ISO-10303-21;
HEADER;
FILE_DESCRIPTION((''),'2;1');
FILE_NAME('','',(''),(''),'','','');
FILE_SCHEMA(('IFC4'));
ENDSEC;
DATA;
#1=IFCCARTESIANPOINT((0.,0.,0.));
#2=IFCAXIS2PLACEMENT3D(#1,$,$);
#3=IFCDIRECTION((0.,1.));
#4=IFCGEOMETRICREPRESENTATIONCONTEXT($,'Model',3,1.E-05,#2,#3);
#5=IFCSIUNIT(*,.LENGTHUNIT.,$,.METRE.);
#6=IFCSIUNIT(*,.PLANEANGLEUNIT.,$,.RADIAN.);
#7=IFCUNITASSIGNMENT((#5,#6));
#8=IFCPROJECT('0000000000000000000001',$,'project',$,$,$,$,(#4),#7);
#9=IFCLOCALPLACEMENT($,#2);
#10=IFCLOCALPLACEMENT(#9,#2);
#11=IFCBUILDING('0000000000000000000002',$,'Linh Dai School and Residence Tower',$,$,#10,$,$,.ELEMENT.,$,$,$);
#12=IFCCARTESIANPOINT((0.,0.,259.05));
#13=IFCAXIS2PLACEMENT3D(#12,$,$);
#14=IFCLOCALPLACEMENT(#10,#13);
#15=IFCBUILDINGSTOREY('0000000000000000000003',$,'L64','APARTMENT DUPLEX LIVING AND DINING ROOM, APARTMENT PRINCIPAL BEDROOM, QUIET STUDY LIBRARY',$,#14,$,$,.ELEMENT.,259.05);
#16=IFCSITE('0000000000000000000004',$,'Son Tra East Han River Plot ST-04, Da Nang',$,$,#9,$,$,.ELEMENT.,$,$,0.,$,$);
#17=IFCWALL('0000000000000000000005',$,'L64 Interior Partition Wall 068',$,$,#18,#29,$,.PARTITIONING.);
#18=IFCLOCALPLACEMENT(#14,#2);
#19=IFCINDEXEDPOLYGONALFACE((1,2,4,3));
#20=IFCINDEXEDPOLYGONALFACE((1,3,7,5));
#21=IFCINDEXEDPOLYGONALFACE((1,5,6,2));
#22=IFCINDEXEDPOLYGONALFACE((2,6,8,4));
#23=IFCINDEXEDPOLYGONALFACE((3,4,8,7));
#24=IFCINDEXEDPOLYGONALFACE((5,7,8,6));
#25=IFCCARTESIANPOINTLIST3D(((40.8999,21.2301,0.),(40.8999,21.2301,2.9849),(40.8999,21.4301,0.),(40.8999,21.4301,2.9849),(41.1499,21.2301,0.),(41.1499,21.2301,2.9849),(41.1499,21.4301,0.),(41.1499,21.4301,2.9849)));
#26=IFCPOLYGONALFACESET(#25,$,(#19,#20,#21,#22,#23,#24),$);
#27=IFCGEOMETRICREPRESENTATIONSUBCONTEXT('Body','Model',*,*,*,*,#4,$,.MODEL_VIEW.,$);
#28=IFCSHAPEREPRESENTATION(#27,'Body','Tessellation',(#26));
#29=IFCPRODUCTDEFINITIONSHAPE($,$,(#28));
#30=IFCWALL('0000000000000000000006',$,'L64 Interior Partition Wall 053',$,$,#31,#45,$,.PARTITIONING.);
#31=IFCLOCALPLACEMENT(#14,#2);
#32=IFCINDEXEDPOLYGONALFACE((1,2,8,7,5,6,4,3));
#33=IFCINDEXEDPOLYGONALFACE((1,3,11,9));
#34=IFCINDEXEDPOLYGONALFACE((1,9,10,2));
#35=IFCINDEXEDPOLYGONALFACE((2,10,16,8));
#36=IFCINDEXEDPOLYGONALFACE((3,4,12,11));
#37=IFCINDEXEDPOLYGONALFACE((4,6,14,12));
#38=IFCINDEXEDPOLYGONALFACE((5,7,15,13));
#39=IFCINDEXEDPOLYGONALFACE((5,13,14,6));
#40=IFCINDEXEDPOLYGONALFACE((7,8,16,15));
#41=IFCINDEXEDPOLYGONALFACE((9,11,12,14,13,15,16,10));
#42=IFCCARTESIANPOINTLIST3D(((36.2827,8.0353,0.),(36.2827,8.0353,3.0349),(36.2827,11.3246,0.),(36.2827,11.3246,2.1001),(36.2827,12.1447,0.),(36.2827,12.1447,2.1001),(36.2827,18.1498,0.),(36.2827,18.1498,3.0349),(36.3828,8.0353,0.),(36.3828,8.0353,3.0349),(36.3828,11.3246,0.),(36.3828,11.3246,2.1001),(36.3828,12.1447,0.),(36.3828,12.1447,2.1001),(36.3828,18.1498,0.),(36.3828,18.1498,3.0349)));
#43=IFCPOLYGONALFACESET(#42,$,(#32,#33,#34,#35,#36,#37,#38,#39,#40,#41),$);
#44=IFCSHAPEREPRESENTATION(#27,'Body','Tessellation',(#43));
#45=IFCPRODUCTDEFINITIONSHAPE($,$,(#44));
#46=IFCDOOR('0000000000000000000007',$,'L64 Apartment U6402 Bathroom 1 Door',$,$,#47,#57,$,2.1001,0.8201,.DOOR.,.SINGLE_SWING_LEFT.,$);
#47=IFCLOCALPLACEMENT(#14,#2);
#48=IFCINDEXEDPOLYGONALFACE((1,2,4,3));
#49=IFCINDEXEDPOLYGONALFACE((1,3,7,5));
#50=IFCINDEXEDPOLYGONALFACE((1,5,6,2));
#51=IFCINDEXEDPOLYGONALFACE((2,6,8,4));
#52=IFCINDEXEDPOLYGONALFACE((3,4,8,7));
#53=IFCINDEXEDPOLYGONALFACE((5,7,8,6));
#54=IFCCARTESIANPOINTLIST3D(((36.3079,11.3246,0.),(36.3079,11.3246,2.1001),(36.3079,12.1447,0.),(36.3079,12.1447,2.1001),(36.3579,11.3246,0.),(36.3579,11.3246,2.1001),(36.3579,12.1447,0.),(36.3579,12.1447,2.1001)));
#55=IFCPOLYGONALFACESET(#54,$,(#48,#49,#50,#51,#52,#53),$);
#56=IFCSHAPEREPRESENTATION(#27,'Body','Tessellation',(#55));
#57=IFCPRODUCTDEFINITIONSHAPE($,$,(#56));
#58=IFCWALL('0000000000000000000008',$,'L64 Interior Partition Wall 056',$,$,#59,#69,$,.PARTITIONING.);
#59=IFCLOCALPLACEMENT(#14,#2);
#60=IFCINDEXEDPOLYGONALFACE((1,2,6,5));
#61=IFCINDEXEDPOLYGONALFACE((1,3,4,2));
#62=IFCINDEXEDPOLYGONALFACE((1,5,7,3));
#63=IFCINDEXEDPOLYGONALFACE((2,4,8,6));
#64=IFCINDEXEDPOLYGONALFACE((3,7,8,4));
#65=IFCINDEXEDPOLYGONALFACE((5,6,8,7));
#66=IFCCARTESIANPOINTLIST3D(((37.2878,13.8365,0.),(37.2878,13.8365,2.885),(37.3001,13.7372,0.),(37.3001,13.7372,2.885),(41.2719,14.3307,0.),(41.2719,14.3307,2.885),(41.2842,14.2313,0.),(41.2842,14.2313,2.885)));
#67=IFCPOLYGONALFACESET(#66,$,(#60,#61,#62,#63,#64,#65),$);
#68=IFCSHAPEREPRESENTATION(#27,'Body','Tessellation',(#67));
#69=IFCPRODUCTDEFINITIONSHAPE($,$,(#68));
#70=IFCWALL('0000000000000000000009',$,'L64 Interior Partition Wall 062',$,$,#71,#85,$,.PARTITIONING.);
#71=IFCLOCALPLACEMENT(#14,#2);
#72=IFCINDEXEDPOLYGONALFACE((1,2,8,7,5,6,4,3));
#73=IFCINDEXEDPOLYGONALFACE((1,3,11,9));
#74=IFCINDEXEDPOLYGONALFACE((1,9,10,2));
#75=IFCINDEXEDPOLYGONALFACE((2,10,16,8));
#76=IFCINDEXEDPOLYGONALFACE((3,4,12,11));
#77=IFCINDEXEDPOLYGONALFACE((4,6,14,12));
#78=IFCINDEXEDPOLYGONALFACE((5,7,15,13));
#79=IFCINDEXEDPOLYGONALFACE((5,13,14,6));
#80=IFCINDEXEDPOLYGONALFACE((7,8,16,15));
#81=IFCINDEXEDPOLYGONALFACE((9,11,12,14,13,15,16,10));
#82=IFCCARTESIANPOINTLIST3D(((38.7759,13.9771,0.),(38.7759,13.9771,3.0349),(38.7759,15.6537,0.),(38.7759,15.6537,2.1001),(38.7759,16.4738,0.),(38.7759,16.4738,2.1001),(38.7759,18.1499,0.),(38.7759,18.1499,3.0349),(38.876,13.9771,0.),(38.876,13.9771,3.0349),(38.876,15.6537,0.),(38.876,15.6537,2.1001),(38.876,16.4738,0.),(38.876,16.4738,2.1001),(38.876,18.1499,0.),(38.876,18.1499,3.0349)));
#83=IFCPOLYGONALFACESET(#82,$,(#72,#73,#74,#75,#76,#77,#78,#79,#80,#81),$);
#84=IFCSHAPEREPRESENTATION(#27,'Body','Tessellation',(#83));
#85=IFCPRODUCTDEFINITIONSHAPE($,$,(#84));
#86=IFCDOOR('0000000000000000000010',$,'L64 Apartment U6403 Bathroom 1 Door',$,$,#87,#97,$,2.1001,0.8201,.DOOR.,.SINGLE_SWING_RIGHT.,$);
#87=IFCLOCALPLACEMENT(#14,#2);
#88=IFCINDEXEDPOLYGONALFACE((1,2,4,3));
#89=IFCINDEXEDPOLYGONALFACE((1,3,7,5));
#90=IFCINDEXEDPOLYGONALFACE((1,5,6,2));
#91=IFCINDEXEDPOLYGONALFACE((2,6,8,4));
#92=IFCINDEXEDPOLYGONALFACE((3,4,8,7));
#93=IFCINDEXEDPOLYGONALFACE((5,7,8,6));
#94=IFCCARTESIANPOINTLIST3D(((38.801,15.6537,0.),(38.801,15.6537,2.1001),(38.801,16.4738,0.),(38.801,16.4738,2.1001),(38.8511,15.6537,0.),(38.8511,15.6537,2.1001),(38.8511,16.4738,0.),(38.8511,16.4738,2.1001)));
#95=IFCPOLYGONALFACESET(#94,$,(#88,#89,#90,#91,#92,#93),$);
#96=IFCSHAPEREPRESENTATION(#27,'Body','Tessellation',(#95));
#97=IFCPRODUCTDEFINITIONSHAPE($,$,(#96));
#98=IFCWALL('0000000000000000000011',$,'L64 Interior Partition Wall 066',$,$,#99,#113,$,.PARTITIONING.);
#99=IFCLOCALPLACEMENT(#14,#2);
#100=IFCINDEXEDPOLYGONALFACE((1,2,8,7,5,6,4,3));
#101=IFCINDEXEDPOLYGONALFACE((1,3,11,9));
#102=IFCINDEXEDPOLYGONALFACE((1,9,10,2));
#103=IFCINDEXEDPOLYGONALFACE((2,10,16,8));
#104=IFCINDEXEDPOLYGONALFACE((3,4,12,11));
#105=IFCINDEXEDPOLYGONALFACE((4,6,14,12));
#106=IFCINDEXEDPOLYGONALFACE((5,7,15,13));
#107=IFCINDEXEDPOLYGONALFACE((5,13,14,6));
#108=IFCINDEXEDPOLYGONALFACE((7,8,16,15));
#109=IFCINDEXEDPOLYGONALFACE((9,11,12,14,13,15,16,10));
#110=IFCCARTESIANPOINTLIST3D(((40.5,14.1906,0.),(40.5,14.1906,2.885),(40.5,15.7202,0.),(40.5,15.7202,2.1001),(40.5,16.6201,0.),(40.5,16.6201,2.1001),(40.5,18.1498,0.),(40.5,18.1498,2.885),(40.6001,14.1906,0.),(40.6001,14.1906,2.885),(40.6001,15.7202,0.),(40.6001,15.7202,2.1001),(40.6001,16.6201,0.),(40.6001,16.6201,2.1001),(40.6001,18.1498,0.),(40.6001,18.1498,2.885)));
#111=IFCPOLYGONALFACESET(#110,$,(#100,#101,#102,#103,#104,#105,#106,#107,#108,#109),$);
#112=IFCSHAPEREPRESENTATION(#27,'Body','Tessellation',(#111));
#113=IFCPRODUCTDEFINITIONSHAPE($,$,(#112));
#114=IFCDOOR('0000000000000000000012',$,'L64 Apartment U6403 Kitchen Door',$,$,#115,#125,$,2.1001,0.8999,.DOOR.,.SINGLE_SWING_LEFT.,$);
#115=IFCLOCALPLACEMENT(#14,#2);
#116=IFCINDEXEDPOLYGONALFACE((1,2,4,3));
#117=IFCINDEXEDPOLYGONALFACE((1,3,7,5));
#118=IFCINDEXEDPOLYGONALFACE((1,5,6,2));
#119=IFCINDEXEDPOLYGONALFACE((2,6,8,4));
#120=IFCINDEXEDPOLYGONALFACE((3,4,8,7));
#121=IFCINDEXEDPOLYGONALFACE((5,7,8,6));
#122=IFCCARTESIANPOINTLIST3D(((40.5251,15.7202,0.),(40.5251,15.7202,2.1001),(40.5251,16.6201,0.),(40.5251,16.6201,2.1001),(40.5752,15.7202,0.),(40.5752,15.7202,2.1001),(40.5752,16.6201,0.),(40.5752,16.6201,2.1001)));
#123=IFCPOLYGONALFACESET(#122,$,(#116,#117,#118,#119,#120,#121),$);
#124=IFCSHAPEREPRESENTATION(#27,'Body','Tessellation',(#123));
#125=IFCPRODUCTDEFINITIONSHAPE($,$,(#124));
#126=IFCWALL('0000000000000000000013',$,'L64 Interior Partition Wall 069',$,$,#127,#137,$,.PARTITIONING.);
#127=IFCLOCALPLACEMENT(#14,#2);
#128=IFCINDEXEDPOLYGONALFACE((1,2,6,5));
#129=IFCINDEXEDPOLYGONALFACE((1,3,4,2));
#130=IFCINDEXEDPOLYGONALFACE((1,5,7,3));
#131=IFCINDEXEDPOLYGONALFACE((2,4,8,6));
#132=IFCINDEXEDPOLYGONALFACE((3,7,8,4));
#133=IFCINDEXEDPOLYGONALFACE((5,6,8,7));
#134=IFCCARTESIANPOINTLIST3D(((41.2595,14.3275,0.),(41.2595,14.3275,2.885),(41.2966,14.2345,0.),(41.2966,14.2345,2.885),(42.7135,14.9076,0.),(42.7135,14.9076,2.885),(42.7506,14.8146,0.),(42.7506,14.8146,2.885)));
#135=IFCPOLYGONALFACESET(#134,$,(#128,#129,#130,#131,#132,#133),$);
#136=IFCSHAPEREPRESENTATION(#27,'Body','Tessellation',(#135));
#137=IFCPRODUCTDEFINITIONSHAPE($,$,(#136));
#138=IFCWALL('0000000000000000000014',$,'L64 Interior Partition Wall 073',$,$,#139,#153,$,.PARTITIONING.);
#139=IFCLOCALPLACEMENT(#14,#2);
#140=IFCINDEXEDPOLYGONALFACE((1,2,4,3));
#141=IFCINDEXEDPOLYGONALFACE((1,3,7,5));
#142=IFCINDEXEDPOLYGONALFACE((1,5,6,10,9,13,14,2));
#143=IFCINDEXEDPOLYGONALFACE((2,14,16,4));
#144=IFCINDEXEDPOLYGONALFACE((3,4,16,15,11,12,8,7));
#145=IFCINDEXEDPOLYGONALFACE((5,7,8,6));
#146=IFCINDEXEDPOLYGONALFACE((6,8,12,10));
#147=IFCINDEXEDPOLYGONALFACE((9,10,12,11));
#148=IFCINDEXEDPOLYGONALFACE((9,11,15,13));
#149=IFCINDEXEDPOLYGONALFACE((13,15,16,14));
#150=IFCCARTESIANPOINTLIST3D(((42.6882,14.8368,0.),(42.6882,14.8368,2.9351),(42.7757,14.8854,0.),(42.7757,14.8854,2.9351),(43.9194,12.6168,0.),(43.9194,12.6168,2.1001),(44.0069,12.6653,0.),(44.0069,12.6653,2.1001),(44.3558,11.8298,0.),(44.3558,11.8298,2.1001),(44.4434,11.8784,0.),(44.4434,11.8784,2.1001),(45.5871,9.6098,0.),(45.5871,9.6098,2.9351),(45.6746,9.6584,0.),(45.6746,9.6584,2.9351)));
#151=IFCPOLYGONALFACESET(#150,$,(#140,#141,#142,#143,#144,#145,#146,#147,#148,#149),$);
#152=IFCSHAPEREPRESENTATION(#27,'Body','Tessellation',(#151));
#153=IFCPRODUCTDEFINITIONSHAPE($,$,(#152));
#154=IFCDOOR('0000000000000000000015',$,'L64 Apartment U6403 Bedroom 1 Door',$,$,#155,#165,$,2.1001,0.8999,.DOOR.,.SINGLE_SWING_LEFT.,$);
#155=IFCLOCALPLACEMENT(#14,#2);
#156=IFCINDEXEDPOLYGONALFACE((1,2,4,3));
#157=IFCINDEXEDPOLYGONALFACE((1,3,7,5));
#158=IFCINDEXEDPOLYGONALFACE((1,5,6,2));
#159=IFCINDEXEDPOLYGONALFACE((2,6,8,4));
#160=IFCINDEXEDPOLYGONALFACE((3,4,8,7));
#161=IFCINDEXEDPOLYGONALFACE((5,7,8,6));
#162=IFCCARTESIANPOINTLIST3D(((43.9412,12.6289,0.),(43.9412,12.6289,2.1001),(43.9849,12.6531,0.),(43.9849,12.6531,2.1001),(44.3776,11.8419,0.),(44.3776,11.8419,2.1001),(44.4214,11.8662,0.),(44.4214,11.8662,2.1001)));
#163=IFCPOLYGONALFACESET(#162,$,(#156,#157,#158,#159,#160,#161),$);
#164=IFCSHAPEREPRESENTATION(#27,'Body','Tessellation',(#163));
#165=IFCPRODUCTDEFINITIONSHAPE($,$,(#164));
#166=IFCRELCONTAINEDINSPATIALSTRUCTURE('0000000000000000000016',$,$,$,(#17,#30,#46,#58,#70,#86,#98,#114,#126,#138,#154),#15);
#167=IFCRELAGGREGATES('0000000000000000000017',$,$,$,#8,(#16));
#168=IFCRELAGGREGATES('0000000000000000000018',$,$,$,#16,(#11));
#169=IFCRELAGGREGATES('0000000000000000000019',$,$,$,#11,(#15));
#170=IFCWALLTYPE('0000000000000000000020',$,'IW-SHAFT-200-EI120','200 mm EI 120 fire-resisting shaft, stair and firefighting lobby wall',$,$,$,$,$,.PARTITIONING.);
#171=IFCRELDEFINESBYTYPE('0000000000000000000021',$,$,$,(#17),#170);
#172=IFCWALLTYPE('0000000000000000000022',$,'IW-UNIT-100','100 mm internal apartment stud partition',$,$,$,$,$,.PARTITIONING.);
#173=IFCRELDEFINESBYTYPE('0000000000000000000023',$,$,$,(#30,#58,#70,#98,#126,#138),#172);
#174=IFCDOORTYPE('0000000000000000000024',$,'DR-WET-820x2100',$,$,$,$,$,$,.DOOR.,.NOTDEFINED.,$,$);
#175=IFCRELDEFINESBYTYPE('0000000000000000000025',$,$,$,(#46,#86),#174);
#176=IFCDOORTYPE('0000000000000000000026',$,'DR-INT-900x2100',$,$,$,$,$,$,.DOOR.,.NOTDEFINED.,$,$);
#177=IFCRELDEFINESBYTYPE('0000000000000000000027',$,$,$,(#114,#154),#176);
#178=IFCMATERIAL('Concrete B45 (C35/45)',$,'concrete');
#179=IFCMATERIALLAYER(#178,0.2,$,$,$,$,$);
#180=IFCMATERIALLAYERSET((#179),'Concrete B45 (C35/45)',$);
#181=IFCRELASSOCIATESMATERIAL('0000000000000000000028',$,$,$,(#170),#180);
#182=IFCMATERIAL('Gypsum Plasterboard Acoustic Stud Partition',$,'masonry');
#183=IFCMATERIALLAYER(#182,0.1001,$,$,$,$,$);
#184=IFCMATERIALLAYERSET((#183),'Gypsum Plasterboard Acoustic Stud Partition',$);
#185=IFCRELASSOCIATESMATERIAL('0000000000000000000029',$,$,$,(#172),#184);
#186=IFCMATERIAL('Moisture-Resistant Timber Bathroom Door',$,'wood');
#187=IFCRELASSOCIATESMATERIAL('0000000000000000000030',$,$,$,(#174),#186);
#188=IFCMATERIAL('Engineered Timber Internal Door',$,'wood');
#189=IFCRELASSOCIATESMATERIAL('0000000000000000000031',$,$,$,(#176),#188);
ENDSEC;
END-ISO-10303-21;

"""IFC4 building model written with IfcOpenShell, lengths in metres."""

from ifc_helpers import new_model, si_unit, direction, frame, frame_2d, origin, origin_2d, place, context, subcontext, project, spatial, rectangle, extrude, source, transform, mapped, material, layer, layer_set, type_object, element, fill, save


model = new_model("IFC4")

# Units and contexts
model_context = context("Model", 3, precision=1e-05, world=origin(), true_north=direction((0.0, 1.0)))
body_context = subcontext(model_context, "Body", "Model", "MODEL_VIEW")
ifc_project = project(units=[si_unit("LENGTHUNIT", "METRE"), si_unit("PLANEANGLEUNIT", "RADIAN")], contexts=[model_context])

# Site, building, storey
site_placement = place(None, origin())
site = spatial("IfcSite", under=ifc_project, at=site_placement, Name="Son Tra East Han River Plot ST-04, Da Nang", CompositionType="ELEMENT", RefElevation=0.0)
building_placement = place(site_placement, origin())
building = spatial("IfcBuilding", under=site, at=building_placement, Name="Linh Dai School and Residence Tower", CompositionType="ELEMENT")
storey_placement = place(building_placement, frame((0.0, 0.0, 259.05)))
storey = spatial("IfcBuildingStorey", under=building, at=storey_placement, Name="L64", Description="APARTMENT DUPLEX LIVING AND DINING ROOM, APARTMENT PRINCIPAL BEDROOM, QUIET STUDY LIBRARY", CompositionType="ELEMENT", Elevation=259.05)

# Wall
ifc_material_1 = material(Name="Concrete B45 (C35/45)", Category="concrete")
ifc_layer_1 = layer(ifc_material_1, 0.2)
ifc_layer_set_1 = layer_set([ifc_layer_1], Name="Concrete B45 (C35/45)")
wall_type_1 = type_object("IfcWallType", Name="IW-SHAFT-200-EI120", Description="200 mm EI 120 fire-resisting shaft, stair and firefighting lobby wall", PredefinedType="PARTITIONING", material=ifc_layer_set_1)
wall_1_placement = place(storey_placement, frame((40.8999, 21.3301, 0.0), z_axis=(0.0, 0.0, 1.0), x_axis=(1.0, 0.0, 0.0)))
element("IfcWall", 1, at=wall_1_placement, inside=storey, type_object=wall_type_1, Name="L64 Interior Partition Wall 068", PredefinedType="PARTITIONING", context=body_context, shape_type="SweptSolid", body=[
    extrude(rectangle(XDim=0.25, YDim=0.2, at=frame_2d((0.125, 0.0))), origin(), (0.0, 0.0, 1.0), 2.9849),
])

# Wall, opening, door
ifc_material_2 = material(Name="Gypsum Plasterboard Acoustic Stud Partition", Category="masonry")
ifc_layer_2 = layer(ifc_material_2, 0.1001)
ifc_layer_set_2 = layer_set([ifc_layer_2], Name="Gypsum Plasterboard Acoustic Stud Partition")
wall_type_2 = type_object("IfcWallType", Name="IW-UNIT-100", Description="100 mm internal apartment stud partition", PredefinedType="PARTITIONING", material=ifc_layer_set_2)
wall_2_placement = place(storey_placement, frame((36.3328, 8.0354, 0.0), z_axis=(0.0, 0.0, 1.0), x_axis=(0.0, 1.0, 0.0)))
wall_2 = element("IfcWall", 2, at=wall_2_placement, inside=storey, type_object=wall_type_2, Name="L64 Interior Partition Wall 053", PredefinedType="PARTITIONING", context=body_context, shape_type="SweptSolid", body=[
    extrude(rectangle(XDim=10.1145, YDim=0.1001, at=frame_2d((5.0571, 0.0))), origin(), (0.0, 0.0, 1.0), 3.0349),
])
opening_1_placement = place(wall_2_placement, frame((3.2891, 0.0, 0.0)))
opening_1 = element("IfcOpeningElement", 3, at=opening_1_placement, cuts=wall_2, PredefinedType="OPENING", context=body_context, shape_type="SweptSolid", body=[
    extrude(rectangle(XDim=0.8201, YDim=2.1001, at=origin_2d()), frame((0.4102, 0.0601, 1.05), z_axis=(0.0, -1.0, 0.0), x_axis=(1.0, 0.0, 0.0)), (0.0, 0.0, 1.0), 0.1201),
])
ifc_material_3 = material(Name="Moisture-Resistant Timber Bathroom Door", Category="wood")
door_type_1 = type_object("IfcDoorType", Name="DR-WET-820x2100", OperationType="NOTDEFINED", PredefinedType="DOOR", material=ifc_material_3)
shared_shape_1 = source(origin(), body_context, "Body", "SweptSolid", [
    extrude(rectangle(XDim=0.8201, YDim=2.1001, at=origin_2d()), frame((0.4102, 0.0249, 1.05), z_axis=(0.0, -1.0, 0.0), x_axis=(1.0, 0.0, 0.0)), (0.0, 0.0, 1.0), 0.05),
])
door_1_placement = place(opening_1_placement, origin())
door_1 = element("IfcDoor", 4, at=door_1_placement, inside=storey, type_object=door_type_1, Name="L64 Apartment U6402 Bathroom 1 Door", OperationType="SINGLE_SWING_LEFT", OverallHeight=2.1001, OverallWidth=0.8201, PredefinedType="DOOR", context=body_context, shape_type="MappedRepresentation", body=[
    mapped(shared_shape_1, transform((0.0, 0.0, 0.0), x_axis=(1.0, 0.0, 0.0), y_axis=(0.0, 1.0, 0.0), z_axis=(0.0, 0.0, 1.0), scale=1.0)),
])
fill(opening_1, door_1)

# Wall
wall_3_placement = place(storey_placement, frame((37.2939, 13.7869, 0.0), z_axis=(0.0, 0.0, 1.0), x_axis=(0.992396, 0.123084, 0.0)))
element("IfcWall", 5, at=wall_3_placement, inside=storey, type_object=wall_type_2, Name="L64 Interior Partition Wall 056", PredefinedType="PARTITIONING", context=body_context, shape_type="SweptSolid", body=[
    extrude(rectangle(XDim=4.0146, YDim=0.1001, at=frame_2d((2.0073, 0.0))), origin(), (0.0, 0.0, 1.0), 2.885),
])

# Walls, openings, doors
wall_4_placement = place(storey_placement, frame((38.8259, 13.9771, 0.0), z_axis=(0.0, 0.0, 1.0), x_axis=(0.0, 1.0, 0.0)))
wall_4 = element("IfcWall", 6, at=wall_4_placement, inside=storey, type_object=wall_type_2, Name="L64 Interior Partition Wall 062", PredefinedType="PARTITIONING", context=body_context, shape_type="SweptSolid", body=[
    extrude(rectangle(XDim=4.1729, YDim=0.1001, at=frame_2d((2.0864, 0.0))), origin(), (0.0, 0.0, 1.0), 3.0349),
])
opening_2_placement = place(wall_4_placement, frame((1.6765, 0.0, 0.0)))
opening_2 = element("IfcOpeningElement", 7, at=opening_2_placement, cuts=wall_4, PredefinedType="OPENING", context=body_context, shape_type="SweptSolid", body=[
    extrude(rectangle(XDim=0.8201, YDim=2.1001, at=origin_2d()), frame((0.4102, 0.0601, 1.05), z_axis=(0.0, -1.0, 0.0), x_axis=(1.0, 0.0, 0.0)), (0.0, 0.0, 1.0), 0.1201),
])
door_2_placement = place(opening_2_placement, origin())
door_2 = element("IfcDoor", 8, at=door_2_placement, inside=storey, type_object=door_type_1, Name="L64 Apartment U6403 Bathroom 1 Door", OperationType="SINGLE_SWING_RIGHT", OverallHeight=2.1001, OverallWidth=0.8201, PredefinedType="DOOR", context=body_context, shape_type="MappedRepresentation", body=[
    mapped(shared_shape_1, transform((0.0, 0.0, 0.0), x_axis=(1.0, 0.0, 0.0), y_axis=(0.0, 1.0, 0.0), z_axis=(0.0, 0.0, 1.0), scale=1.0)),
])
fill(opening_2, door_2)
wall_5_placement = place(storey_placement, frame((40.55, 14.1907, 0.0), z_axis=(0.0, 0.0, 1.0), x_axis=(0.0, 1.0, 0.0)))
wall_5 = element("IfcWall", 9, at=wall_5_placement, inside=storey, type_object=wall_type_2, Name="L64 Interior Partition Wall 066", PredefinedType="PARTITIONING", context=body_context, shape_type="SweptSolid", body=[
    extrude(rectangle(XDim=3.9592, YDim=0.1001, at=frame_2d((1.9795, 0.0))), origin(), (0.0, 0.0, 1.0), 2.885),
])
opening_3_placement = place(wall_5_placement, frame((1.5295, 0.0, 0.0)))
opening_3 = element("IfcOpeningElement", 10, at=opening_3_placement, cuts=wall_5, PredefinedType="OPENING", context=body_context, shape_type="SweptSolid", body=[
    extrude(rectangle(XDim=0.8999, YDim=2.1001, at=origin_2d()), frame((0.45, 0.0601, 1.05), z_axis=(0.0, -1.0, 0.0), x_axis=(1.0, 0.0, 0.0)), (0.0, 0.0, 1.0), 0.1201),
])
ifc_material_4 = material(Name="Engineered Timber Internal Door", Category="wood")
door_type_2 = type_object("IfcDoorType", Name="DR-INT-900x2100", OperationType="NOTDEFINED", PredefinedType="DOOR", material=ifc_material_4)
shared_shape_2 = source(origin(), body_context, "Body", "SweptSolid", [
    extrude(rectangle(XDim=0.8999, YDim=2.1001, at=origin_2d()), frame((0.45, 0.0249, 1.05), z_axis=(0.0, -1.0, 0.0), x_axis=(1.0, 0.0, 0.0)), (0.0, 0.0, 1.0), 0.05),
])
door_3_placement = place(opening_3_placement, origin())
door_3 = element("IfcDoor", 11, at=door_3_placement, inside=storey, type_object=door_type_2, Name="L64 Apartment U6403 Kitchen Door", OperationType="SINGLE_SWING_LEFT", OverallHeight=2.1001, OverallWidth=0.8999, PredefinedType="DOOR", context=body_context, shape_type="MappedRepresentation", body=[
    mapped(shared_shape_2, transform((0.0, 0.0, 0.0), x_axis=(1.0, 0.0, 0.0), y_axis=(0.0, 1.0, 0.0), z_axis=(0.0, 0.0, 1.0), scale=1.0)),
])
fill(opening_3, door_3)

# Wall
wall_6_placement = place(storey_placement, frame((41.2781, 14.281, 0.0), z_axis=(0.0, 0.0, 1.0), x_axis=(0.928799, 0.370584, 0.0)))
element("IfcWall", 12, at=wall_6_placement, inside=storey, type_object=wall_type_2, Name="L64 Interior Partition Wall 069", PredefinedType="PARTITIONING", context=body_context, shape_type="SweptSolid", body=[
    extrude(rectangle(XDim=1.5654, YDim=0.1001, at=frame_2d((0.7827, 0.0))), origin(), (0.0, 0.0, 1.0), 2.885),
])

# Wall, opening, door
wall_7_placement = place(storey_placement, frame((42.7319, 14.8611, 0.0), z_axis=(0.0, 0.0, 1.0), x_axis=(0.485005, -0.874512, 0.0)))
wall_7 = element("IfcWall", 13, at=wall_7_placement, inside=storey, type_object=wall_type_2, Name="L64 Interior Partition Wall 073", PredefinedType="PARTITIONING", context=body_context, shape_type="SweptSolid", body=[
    extrude(rectangle(XDim=5.9771, YDim=0.1001, at=frame_2d((2.9885, 0.0))), origin(), (0.0, 0.0, 1.0), 2.9351),
])
opening_4_placement = place(wall_7_placement, frame((2.5386, 0.0, 0.0)))
opening_4 = element("IfcOpeningElement", 14, at=opening_4_placement, cuts=wall_7, PredefinedType="OPENING", context=body_context, shape_type="SweptSolid", body=[
    extrude(rectangle(XDim=0.8999, YDim=2.1001, at=origin_2d()), frame((0.45, 0.0601, 1.05), z_axis=(0.0, -1.0, 0.0), x_axis=(1.0, 0.0, 0.0)), (0.0, 0.0, 1.0), 0.1201),
])
door_4_placement = place(opening_4_placement, origin())
door_4 = element("IfcDoor", 15, at=door_4_placement, inside=storey, type_object=door_type_2, Name="L64 Apartment U6403 Bedroom 1 Door", OperationType="SINGLE_SWING_LEFT", OverallHeight=2.1001, OverallWidth=0.8999, PredefinedType="DOOR", context=body_context, shape_type="MappedRepresentation", body=[
    mapped(shared_shape_2, transform((0.0, 0.0, 0.0), x_axis=(1.0, 0.0, 0.0), y_axis=(0.0, 1.0, 0.0), z_axis=(0.0, 0.0, 1.0), scale=1.0)),
])
fill(opening_4, door_4)

save(model, "model.ifc")
